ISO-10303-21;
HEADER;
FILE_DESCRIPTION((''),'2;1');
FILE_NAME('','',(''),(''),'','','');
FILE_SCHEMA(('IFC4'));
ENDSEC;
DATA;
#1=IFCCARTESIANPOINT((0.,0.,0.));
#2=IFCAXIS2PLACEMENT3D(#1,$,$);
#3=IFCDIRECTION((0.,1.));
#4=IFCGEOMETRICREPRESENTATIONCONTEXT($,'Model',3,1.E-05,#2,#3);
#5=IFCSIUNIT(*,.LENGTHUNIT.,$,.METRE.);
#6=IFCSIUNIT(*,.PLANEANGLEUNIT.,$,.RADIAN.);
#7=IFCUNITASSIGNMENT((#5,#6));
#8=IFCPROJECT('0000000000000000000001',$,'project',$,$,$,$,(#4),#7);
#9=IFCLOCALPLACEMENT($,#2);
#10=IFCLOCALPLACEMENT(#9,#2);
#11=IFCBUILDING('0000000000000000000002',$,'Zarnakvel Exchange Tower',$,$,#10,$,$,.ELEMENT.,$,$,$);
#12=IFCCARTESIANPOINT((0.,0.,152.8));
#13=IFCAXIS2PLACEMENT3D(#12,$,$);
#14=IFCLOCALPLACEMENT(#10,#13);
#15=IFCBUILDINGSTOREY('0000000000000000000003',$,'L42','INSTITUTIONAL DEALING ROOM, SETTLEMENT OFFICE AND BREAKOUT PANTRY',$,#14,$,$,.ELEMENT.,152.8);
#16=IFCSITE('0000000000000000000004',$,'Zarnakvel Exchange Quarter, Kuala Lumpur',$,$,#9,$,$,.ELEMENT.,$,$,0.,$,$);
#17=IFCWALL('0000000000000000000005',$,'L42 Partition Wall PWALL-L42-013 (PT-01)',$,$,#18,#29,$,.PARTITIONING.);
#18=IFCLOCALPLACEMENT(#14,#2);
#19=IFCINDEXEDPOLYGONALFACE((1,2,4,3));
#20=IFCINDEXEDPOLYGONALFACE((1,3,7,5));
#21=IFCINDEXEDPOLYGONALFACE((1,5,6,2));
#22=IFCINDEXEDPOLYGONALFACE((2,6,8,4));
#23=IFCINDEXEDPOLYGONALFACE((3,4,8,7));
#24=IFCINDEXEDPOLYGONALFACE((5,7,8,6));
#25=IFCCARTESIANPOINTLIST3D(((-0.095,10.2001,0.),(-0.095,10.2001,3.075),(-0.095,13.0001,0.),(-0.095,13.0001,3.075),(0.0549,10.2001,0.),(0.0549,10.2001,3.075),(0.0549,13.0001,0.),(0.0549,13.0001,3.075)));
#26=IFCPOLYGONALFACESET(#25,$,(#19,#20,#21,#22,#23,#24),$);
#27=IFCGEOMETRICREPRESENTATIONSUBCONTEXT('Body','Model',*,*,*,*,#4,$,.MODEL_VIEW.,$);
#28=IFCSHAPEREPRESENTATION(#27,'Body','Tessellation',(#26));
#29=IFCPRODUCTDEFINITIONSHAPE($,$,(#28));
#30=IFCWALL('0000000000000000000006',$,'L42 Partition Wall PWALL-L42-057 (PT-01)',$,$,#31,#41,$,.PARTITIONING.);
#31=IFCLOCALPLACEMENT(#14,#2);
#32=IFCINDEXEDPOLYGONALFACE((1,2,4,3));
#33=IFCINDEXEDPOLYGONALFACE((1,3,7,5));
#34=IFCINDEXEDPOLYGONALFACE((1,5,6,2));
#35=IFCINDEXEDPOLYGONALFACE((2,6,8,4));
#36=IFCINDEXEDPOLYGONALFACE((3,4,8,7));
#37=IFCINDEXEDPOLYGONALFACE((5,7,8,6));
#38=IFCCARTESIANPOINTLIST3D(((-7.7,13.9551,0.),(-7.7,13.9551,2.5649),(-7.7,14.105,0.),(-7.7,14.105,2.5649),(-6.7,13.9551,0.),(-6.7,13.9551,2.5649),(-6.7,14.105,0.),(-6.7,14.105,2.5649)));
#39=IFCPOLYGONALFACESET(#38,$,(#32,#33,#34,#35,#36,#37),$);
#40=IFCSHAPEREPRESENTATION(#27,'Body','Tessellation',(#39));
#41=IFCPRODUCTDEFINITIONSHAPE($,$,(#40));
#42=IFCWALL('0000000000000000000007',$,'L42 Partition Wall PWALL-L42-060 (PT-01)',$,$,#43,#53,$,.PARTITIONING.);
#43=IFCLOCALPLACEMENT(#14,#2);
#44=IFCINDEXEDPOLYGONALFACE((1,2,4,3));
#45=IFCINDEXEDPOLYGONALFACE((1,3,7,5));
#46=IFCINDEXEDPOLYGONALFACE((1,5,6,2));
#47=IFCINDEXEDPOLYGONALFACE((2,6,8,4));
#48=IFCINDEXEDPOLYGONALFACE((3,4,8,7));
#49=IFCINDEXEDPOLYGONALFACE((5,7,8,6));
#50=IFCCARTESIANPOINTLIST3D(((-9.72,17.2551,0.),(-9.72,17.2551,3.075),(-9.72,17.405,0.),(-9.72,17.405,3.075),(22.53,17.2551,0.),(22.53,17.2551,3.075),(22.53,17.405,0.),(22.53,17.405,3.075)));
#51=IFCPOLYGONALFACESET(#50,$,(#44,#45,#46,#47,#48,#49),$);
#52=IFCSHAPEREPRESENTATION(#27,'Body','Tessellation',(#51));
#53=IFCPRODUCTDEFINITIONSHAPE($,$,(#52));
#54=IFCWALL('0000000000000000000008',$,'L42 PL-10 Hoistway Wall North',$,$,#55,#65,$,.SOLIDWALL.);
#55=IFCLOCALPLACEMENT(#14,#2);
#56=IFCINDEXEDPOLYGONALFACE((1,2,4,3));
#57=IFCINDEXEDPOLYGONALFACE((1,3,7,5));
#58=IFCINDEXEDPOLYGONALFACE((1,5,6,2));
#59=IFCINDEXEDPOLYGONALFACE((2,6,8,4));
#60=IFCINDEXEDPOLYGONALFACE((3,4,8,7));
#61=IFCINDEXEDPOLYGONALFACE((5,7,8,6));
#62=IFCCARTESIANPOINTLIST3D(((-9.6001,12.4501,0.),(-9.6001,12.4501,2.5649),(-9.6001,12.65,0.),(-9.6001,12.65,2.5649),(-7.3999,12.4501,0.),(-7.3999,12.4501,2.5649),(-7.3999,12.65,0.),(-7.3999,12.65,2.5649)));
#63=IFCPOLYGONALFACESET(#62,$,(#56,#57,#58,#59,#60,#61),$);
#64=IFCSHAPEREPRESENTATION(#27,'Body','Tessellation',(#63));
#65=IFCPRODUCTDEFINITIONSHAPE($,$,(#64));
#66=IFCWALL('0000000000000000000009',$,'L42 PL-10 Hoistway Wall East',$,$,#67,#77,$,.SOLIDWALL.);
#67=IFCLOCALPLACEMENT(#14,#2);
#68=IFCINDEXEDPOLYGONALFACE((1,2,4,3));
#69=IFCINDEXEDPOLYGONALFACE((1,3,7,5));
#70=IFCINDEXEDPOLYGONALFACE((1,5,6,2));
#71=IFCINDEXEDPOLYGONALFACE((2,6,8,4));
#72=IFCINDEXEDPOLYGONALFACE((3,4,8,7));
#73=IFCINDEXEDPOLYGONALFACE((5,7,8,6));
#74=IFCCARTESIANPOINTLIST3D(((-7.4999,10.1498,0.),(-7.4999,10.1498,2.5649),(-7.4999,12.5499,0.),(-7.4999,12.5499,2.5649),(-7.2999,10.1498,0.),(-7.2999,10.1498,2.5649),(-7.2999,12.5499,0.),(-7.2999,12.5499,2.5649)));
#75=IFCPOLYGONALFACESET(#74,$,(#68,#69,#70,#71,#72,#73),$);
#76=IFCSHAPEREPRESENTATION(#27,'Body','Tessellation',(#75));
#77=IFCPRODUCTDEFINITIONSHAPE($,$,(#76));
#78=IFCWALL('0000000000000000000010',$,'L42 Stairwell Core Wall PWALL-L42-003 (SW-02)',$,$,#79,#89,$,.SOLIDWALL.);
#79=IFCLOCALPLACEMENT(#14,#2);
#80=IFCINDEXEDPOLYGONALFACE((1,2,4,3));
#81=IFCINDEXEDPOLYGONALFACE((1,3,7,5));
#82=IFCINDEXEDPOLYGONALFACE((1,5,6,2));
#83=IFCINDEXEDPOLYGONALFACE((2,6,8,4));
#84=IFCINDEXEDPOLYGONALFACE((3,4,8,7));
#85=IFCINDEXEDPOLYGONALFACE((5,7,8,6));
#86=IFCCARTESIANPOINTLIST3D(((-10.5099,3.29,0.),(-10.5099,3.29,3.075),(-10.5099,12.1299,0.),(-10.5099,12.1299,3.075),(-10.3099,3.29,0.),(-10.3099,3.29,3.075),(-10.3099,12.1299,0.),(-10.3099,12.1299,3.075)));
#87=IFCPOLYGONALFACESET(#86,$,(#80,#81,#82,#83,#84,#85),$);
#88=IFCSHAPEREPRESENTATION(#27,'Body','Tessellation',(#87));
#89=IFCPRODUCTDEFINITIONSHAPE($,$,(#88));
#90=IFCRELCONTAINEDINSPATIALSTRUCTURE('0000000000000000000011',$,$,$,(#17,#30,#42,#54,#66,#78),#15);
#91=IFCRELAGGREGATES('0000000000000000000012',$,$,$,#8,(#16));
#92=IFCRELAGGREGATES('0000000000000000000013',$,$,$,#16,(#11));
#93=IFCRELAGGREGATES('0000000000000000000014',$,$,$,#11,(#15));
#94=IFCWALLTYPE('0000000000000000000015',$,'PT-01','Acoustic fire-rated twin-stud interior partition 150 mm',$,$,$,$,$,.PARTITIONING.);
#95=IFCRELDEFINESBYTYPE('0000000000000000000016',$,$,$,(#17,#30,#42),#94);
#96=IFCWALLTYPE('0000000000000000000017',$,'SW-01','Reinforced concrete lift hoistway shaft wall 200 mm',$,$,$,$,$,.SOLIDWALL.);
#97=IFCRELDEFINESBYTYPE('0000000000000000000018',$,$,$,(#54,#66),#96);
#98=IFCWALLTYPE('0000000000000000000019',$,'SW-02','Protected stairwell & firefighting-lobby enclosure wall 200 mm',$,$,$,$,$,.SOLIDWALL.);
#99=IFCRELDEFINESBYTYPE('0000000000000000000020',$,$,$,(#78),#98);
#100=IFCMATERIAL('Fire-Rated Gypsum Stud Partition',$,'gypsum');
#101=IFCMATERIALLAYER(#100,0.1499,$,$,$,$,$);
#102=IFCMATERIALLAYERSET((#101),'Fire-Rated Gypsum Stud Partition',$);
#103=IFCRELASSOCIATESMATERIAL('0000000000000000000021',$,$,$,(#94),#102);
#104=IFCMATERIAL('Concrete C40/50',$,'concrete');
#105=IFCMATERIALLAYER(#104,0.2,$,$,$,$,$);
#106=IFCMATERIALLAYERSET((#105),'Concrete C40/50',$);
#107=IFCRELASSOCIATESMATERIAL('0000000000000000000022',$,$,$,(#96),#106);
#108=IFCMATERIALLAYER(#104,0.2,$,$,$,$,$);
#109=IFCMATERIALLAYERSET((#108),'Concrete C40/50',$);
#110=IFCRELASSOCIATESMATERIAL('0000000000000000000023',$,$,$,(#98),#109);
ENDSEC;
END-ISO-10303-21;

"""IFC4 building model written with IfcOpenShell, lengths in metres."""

from ifc_helpers import new_model, si_unit, direction, frame, frame_2d, origin, place, context, subcontext, project, spatial, rectangle, extrude, material, layer, layer_set, type_object, element, save


model = new_model("IFC4")

# Units and contexts
model_context = context("Model", 3, precision=1e-05, world=origin(), true_north=direction((0.0, 1.0)))
body_context = subcontext(model_context, "Body", "Model", "MODEL_VIEW")
ifc_project = project(units=[si_unit("LENGTHUNIT", "METRE"), si_unit("PLANEANGLEUNIT", "RADIAN")], contexts=[model_context])

# Site, building, storey
site_placement = place(None, origin())
site = spatial("IfcSite", under=ifc_project, at=site_placement, Name="Zarnakvel Exchange Quarter, Kuala Lumpur", CompositionType="ELEMENT", RefElevation=0.0)
building_placement = place(site_placement, origin())
building = spatial("IfcBuilding", under=site, at=building_placement, Name="Zarnakvel Exchange Tower", CompositionType="ELEMENT")
storey_placement = place(building_placement, frame((0.0, 0.0, 152.8)))
storey = spatial("IfcBuildingStorey", under=building, at=storey_placement, Name="L42", Description="INSTITUTIONAL DEALING ROOM, SETTLEMENT OFFICE AND BREAKOUT PANTRY", CompositionType="ELEMENT", Elevation=152.8)

# Shared definitions
ifc_material_1 = material(Name="Fire-Rated Gypsum Stud Partition", Category="gypsum")
ifc_layer_1 = layer(ifc_material_1, 0.1499)
ifc_layer_set_1 = layer_set([ifc_layer_1], Name="Fire-Rated Gypsum Stud Partition")
wall_type_1 = type_object("IfcWallType", Name="PT-01", Description="Acoustic fire-rated twin-stud interior partition 150 mm", PredefinedType="PARTITIONING", material=ifc_layer_set_1)

# Walls
for number, where, z_axis, x_axis, name in (
    (1, (-0.02, 13.0, 0.0), (0.0, 0.0, 1.0), (0.0, -1.0, 0.0), "L42 Partition Wall PWALL-L42-013 (PT-01)"),
):
    element("IfcWall", number, at=place(storey_placement, frame(where, z_axis=z_axis, x_axis=x_axis)), inside=storey, type_object=wall_type_1, Name=name, PredefinedType="PARTITIONING", context=body_context, shape_type="SweptSolid", body=[
        extrude(rectangle(XDim=2.8, YDim=0.1499, at=frame_2d((1.3999, 0.0))), origin(), (0.0, 0.0, 1.0), 3.075),
    ])
wall_1_placement = place(storey_placement, frame((-6.7, 14.03, 0.0), z_axis=(0.0, 0.0, 1.0), x_axis=(-1.0, 0.0, 0.0)))
element("IfcWall", 2, at=wall_1_placement, inside=storey, type_object=wall_type_1, Name="L42 Partition Wall PWALL-L42-057 (PT-01)", PredefinedType="PARTITIONING", context=body_context, shape_type="SweptSolid", body=[
    extrude(rectangle(XDim=1.0, YDim=0.1499, at=frame_2d((0.5, 0.0))), origin(), (0.0, 0.0, 1.0), 2.5649),
])
wall_2_placement = place(storey_placement, frame((-9.72, 17.3301, 0.0), z_axis=(0.0, 0.0, 1.0), x_axis=(1.0, 0.0, 0.0)))
element("IfcWall", 3, at=wall_2_placement, inside=storey, type_object=wall_type_1, Name="L42 Partition Wall PWALL-L42-060 (PT-01)", PredefinedType="PARTITIONING", context=body_context, shape_type="SweptSolid", body=[
    extrude(rectangle(XDim=32.25, YDim=0.1499, at=frame_2d((16.125, 0.0))), origin(), (0.0, 0.0, 1.0), 3.075),
])

# Walls
ifc_material_2 = material(Name="Concrete C40/50", Category="concrete")
ifc_layer_2 = layer(ifc_material_2, 0.2)
ifc_layer_set_2 = layer_set([ifc_layer_2], Name="Concrete C40/50")
wall_type_2 = type_object("IfcWallType", Name="SW-01", Description="Reinforced concrete lift hoistway shaft wall 200 mm", PredefinedType="SOLIDWALL", material=ifc_layer_set_2)
wall_3_placement = place(storey_placement, frame((-9.6001, 12.55, 0.0), z_axis=(0.0, 0.0, 1.0), x_axis=(1.0, 0.0, 0.0)))
element("IfcWall", 4, at=wall_3_placement, inside=storey, type_object=wall_type_2, Name="L42 PL-10 Hoistway Wall North", PredefinedType="SOLIDWALL", context=body_context, shape_type="SweptSolid", body=[
    extrude(rectangle(XDim=2.2002, YDim=0.2, at=frame_2d((1.1001, 0.0))), origin(), (0.0, 0.0, 1.0), 2.5649),
])
wall_4_placement = place(storey_placement, frame((-7.3999, 12.55, 0.0), z_axis=(0.0, 0.0, 1.0), x_axis=(0.0, -1.0, 0.0)))
element("IfcWall", 5, at=wall_4_placement, inside=storey, type_object=wall_type_2, Name="L42 PL-10 Hoistway Wall East", PredefinedType="SOLIDWALL", context=body_context, shape_type="SweptSolid", body=[
    extrude(rectangle(XDim=2.4001, YDim=0.2, at=frame_2d((1.2002, 0.0))), origin(), (0.0, 0.0, 1.0), 2.5649),
])
ifc_layer_3 = layer(ifc_material_2, 0.2)
ifc_layer_set_3 = layer_set([ifc_layer_3], Name="Concrete C40/50")
wall_type_3 = type_object("IfcWallType", Name="SW-02", Description="Protected stairwell & firefighting-lobby enclosure wall 200 mm", PredefinedType="SOLIDWALL", material=ifc_layer_set_3)
wall_5_placement = place(storey_placement, frame((-10.4099, 12.1299, 0.0), z_axis=(0.0, 0.0, 1.0), x_axis=(0.0, -1.0, 0.0)))
element("IfcWall", 6, at=wall_5_placement, inside=storey, type_object=wall_type_3, Name="L42 Stairwell Core Wall PWALL-L42-003 (SW-02)", PredefinedType="SOLIDWALL", context=body_context, shape_type="SweptSolid", body=[
    extrude(rectangle(XDim=8.8398, YDim=0.2, at=frame_2d((4.4199, 0.0))), origin(), (0.0, 0.0, 1.0), 3.075),
])

save(model, "model.ifc")
